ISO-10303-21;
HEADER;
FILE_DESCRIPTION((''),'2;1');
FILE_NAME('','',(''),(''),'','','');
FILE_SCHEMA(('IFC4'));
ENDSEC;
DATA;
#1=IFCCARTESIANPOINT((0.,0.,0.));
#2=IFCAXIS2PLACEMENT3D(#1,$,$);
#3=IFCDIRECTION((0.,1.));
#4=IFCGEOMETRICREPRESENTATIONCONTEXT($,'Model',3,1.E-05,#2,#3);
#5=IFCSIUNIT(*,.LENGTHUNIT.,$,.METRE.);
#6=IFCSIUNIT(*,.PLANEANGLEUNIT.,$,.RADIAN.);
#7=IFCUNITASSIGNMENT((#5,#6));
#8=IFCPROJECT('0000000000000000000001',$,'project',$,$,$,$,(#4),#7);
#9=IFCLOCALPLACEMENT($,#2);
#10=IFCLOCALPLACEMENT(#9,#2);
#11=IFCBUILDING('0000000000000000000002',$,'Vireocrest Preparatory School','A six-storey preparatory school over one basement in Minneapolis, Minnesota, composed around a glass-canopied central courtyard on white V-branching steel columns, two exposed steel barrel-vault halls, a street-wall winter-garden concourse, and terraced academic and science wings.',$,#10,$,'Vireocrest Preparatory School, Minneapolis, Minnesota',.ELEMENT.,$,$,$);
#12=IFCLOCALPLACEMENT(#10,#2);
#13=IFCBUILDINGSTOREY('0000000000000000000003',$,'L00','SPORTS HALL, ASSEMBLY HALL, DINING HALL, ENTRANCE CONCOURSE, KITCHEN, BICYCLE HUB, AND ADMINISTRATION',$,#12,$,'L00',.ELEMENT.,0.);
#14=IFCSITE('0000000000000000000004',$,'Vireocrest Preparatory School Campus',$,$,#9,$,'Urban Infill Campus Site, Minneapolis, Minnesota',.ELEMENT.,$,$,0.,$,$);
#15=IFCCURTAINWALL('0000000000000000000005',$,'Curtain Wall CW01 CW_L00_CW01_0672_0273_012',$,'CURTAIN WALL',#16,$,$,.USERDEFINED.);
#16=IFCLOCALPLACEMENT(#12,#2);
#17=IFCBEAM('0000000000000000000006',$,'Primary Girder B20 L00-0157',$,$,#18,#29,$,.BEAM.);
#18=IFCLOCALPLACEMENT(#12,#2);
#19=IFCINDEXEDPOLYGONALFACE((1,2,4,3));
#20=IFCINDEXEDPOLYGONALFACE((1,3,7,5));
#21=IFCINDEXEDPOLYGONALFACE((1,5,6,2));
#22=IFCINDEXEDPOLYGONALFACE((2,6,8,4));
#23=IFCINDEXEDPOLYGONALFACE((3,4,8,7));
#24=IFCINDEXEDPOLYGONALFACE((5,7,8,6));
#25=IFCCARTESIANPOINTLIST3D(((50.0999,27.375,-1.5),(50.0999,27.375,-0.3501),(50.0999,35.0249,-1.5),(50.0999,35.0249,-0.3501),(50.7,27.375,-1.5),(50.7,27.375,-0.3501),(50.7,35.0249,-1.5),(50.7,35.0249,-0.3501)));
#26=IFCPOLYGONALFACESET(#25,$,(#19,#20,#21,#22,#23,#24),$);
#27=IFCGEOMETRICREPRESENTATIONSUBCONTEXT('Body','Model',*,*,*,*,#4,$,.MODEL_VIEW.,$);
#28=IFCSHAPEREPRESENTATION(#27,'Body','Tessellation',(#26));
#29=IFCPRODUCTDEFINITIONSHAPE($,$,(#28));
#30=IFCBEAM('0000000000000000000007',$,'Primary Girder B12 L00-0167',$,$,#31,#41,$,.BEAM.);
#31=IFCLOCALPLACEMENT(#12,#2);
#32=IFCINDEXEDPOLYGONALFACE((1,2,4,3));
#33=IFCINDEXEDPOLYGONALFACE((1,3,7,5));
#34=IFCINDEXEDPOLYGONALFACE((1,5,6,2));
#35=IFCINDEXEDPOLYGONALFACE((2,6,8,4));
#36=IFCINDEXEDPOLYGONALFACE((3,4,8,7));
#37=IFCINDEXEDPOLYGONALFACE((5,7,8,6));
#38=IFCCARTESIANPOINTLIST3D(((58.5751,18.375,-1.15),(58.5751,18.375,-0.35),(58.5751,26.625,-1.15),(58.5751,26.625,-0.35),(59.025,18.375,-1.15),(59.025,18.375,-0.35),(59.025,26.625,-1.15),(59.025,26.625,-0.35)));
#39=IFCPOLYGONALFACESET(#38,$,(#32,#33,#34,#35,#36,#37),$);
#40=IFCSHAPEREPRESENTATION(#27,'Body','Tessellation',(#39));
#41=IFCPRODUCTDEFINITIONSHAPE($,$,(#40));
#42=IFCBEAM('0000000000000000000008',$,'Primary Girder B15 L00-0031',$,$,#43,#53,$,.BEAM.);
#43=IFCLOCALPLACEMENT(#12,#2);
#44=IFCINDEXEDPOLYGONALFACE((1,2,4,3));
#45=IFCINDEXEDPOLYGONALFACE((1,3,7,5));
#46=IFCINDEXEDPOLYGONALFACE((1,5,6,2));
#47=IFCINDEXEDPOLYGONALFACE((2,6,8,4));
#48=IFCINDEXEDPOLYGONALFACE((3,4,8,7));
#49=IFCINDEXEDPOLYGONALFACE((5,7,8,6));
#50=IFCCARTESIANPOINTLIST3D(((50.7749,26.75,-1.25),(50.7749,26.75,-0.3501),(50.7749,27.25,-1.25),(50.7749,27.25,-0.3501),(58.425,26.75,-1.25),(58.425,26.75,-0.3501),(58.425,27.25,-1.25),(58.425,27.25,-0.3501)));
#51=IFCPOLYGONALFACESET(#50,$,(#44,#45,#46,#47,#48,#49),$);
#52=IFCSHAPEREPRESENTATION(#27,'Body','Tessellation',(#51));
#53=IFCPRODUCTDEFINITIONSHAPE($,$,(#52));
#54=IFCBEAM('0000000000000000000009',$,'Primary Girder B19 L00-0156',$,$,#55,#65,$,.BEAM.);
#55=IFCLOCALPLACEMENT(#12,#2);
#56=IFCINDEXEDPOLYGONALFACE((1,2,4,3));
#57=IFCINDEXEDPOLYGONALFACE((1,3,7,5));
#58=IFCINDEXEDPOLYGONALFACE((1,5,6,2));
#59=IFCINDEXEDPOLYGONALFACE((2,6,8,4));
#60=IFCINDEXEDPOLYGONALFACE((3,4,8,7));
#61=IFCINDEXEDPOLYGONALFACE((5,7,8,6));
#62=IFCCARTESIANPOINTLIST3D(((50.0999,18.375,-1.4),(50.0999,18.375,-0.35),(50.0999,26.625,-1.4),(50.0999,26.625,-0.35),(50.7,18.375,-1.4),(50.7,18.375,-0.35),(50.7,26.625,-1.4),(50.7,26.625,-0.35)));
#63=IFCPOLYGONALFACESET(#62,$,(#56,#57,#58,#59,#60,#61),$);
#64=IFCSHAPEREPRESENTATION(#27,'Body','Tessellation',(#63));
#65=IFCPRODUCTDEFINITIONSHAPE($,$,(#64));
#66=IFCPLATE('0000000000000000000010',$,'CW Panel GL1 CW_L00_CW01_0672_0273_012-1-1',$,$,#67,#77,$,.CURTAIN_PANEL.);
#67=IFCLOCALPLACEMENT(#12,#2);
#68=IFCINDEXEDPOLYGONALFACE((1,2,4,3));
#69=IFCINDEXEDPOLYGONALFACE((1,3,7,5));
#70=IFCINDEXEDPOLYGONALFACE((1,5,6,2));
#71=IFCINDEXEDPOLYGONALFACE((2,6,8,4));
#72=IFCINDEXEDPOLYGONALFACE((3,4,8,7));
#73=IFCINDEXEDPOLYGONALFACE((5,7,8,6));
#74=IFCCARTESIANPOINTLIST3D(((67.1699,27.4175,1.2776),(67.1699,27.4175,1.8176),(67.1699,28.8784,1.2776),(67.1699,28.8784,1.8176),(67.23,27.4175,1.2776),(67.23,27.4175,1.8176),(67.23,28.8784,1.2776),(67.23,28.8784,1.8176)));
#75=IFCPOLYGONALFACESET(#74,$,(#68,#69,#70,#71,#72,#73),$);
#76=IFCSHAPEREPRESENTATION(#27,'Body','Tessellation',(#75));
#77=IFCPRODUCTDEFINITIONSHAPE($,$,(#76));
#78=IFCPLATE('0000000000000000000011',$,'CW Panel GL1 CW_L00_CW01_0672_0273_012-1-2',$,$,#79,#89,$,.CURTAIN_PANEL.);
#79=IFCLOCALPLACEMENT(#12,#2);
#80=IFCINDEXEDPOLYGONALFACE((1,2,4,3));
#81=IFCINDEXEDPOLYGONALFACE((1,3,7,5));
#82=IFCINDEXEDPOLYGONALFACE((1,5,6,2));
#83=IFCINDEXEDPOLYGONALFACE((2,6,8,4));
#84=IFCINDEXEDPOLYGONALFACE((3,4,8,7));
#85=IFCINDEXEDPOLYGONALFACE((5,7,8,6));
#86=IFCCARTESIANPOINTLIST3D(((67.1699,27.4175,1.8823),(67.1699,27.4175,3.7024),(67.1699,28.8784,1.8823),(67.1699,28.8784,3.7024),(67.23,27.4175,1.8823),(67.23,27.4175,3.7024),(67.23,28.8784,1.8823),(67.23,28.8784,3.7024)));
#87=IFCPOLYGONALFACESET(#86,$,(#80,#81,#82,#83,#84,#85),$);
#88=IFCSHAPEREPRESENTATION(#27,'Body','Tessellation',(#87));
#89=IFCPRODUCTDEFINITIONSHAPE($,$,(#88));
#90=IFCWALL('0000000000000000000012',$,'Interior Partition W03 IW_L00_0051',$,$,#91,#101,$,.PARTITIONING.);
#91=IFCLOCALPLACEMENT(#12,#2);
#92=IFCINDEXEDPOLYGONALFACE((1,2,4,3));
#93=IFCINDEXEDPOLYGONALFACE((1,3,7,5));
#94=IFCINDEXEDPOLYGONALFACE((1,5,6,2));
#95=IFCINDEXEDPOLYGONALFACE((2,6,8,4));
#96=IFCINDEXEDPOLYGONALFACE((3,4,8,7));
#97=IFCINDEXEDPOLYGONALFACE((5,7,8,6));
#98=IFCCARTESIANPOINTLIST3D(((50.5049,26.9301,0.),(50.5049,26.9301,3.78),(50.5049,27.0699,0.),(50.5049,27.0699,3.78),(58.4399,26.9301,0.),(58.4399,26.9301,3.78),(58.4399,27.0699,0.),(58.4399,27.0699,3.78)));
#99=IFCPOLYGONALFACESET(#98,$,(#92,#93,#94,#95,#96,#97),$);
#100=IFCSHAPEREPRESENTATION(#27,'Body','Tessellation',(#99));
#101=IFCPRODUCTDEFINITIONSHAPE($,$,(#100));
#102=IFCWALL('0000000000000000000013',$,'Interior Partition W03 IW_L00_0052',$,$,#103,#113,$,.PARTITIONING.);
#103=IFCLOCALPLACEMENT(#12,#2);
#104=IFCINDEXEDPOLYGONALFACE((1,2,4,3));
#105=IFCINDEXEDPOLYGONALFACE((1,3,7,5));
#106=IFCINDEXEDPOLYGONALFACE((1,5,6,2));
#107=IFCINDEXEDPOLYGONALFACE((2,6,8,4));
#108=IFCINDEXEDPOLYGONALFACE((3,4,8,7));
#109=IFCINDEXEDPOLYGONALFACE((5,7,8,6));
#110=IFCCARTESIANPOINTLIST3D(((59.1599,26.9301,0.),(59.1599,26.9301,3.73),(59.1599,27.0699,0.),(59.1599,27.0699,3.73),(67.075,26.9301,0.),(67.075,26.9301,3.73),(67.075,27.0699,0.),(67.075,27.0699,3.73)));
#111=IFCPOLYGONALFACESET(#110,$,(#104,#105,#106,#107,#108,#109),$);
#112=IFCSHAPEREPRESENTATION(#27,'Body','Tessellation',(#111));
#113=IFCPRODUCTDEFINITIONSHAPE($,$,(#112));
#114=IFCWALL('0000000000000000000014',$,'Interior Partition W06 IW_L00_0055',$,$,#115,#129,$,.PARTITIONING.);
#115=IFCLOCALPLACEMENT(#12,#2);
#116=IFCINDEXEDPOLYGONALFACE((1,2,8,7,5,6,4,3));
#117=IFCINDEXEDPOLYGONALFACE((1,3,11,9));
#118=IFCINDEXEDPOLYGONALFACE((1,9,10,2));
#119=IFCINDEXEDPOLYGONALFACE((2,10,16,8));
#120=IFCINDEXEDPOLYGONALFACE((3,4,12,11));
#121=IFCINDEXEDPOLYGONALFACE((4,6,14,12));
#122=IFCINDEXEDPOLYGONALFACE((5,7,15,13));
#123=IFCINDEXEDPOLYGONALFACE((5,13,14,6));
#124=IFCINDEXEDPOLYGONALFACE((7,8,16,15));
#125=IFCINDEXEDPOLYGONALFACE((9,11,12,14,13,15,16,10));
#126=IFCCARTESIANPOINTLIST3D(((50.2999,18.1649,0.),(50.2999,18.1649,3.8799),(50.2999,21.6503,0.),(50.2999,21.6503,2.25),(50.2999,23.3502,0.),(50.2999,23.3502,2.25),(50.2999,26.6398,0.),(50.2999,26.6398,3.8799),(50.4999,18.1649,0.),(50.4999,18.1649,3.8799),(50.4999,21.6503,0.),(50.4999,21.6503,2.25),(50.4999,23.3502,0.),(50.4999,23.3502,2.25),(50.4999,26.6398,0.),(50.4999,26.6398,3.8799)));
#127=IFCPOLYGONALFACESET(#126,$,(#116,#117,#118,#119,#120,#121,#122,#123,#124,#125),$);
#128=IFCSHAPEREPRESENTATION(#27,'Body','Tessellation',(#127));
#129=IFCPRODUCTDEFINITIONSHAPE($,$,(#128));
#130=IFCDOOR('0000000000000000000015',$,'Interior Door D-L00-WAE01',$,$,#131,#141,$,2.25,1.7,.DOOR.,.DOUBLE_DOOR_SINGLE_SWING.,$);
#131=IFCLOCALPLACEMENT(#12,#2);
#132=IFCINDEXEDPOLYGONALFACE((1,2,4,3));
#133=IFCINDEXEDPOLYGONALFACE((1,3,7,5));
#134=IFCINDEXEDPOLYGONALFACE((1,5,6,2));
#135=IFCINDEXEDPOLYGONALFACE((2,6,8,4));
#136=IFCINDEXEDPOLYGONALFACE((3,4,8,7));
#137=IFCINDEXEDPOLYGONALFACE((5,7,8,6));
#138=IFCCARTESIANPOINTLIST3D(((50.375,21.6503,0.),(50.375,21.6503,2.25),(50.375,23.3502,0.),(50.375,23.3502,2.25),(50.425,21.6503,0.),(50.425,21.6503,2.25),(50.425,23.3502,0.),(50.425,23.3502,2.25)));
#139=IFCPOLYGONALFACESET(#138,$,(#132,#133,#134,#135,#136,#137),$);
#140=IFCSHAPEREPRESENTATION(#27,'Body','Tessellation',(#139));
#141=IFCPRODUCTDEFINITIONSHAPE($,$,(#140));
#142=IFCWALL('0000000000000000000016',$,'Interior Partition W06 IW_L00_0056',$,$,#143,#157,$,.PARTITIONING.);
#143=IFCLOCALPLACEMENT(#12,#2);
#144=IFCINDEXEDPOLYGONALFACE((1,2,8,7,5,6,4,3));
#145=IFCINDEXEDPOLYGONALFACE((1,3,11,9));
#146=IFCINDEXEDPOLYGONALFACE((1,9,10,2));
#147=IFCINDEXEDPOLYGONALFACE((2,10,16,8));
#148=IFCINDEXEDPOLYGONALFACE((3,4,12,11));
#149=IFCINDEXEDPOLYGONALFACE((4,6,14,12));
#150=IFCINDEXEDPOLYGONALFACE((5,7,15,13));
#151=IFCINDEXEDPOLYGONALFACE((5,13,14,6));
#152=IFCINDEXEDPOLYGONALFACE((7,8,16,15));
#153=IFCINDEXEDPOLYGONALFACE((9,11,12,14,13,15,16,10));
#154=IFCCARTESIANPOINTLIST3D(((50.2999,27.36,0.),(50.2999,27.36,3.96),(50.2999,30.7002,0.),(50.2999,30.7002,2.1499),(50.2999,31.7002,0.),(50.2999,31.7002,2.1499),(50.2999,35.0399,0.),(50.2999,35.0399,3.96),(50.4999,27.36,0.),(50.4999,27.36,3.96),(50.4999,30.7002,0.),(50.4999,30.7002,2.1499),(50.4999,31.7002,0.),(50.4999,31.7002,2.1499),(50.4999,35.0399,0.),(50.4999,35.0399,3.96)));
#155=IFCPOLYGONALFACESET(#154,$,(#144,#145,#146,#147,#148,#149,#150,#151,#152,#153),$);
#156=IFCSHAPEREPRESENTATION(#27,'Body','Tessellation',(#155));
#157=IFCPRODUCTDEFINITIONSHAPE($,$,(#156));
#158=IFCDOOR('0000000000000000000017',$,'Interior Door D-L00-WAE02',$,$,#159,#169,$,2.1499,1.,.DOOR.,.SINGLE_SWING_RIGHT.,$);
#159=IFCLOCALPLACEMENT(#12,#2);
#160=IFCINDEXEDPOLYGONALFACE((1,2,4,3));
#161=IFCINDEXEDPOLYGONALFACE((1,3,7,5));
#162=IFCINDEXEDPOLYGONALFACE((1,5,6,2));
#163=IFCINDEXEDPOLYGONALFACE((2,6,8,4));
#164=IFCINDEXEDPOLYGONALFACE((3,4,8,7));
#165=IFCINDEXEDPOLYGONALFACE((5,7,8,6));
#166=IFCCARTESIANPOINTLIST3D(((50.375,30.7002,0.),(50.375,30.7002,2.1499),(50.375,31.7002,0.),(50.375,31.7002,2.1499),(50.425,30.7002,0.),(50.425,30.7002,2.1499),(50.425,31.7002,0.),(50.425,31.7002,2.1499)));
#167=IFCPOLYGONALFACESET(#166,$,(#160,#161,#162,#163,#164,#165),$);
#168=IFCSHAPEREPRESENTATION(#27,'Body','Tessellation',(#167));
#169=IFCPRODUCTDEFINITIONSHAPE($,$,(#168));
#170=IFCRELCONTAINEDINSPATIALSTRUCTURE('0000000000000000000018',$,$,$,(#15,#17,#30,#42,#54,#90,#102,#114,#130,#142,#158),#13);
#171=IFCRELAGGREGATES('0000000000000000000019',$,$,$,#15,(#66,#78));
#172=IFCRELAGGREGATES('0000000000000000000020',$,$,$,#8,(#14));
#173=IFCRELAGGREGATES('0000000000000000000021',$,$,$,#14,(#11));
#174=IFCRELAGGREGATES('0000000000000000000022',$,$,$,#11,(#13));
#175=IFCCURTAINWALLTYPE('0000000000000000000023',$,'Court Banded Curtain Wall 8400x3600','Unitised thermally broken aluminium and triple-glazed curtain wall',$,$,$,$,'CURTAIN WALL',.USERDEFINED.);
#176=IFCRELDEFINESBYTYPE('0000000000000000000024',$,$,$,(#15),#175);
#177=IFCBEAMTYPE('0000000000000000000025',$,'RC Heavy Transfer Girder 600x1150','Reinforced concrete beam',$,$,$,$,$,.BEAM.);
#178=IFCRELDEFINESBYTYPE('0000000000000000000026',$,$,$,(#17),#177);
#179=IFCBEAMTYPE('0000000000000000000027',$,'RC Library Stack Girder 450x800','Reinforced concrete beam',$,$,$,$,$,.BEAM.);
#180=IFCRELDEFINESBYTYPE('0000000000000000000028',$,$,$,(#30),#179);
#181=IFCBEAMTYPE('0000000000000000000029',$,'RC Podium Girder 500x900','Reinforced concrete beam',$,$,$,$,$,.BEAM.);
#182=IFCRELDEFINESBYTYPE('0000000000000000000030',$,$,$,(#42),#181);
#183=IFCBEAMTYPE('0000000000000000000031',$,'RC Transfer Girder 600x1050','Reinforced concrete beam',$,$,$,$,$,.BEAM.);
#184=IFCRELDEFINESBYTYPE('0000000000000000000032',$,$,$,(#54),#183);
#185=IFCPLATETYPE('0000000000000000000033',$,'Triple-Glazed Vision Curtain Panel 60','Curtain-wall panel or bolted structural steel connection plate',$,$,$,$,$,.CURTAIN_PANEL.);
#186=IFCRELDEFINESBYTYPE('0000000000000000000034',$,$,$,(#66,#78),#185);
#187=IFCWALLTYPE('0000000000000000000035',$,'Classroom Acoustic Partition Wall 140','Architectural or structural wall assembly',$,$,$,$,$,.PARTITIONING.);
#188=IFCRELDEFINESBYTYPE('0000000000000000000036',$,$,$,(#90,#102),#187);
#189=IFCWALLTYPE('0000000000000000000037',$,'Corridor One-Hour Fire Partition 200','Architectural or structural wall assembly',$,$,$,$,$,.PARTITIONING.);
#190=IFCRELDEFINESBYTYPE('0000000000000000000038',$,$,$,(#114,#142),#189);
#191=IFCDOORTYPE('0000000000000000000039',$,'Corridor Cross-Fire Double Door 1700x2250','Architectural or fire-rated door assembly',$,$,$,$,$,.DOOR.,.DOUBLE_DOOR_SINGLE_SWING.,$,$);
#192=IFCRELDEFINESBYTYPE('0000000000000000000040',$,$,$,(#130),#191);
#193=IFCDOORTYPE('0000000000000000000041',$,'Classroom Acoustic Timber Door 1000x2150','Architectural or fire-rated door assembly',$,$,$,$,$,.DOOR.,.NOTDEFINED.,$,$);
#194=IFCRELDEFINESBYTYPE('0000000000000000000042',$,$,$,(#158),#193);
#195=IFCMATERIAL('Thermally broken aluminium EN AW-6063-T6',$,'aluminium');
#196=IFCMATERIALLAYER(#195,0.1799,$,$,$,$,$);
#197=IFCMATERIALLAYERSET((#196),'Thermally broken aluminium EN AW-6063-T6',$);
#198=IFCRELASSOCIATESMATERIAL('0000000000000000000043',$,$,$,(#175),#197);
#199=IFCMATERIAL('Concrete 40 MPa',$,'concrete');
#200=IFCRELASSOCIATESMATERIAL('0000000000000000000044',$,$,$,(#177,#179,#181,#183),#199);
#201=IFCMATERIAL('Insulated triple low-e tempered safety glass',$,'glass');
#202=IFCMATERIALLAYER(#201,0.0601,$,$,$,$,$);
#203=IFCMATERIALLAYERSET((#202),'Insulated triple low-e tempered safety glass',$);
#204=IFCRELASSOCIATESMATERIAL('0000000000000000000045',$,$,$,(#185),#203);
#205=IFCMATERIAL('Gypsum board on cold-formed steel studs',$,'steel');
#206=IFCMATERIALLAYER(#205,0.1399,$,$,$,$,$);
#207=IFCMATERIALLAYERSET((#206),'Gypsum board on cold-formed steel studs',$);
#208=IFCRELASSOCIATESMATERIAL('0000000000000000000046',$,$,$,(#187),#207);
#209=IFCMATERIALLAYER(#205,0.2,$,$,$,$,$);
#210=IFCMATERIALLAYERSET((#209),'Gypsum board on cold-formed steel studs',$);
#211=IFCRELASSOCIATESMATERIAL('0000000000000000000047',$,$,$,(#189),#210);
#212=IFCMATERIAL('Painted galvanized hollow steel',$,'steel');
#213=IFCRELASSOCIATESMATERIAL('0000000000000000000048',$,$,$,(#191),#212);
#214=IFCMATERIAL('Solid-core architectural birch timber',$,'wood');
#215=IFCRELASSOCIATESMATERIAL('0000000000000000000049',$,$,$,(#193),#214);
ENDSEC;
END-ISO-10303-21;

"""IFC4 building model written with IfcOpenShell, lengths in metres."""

from ifc_helpers import new_model, si_unit, direction, frame, frame_2d, origin, origin_2d, place, context, subcontext, project, spatial, rectangle, extrude, material, layer, layer_set, material_profile, profile_set, type_object, element, fill, aggregate, save


model = new_model("IFC4")

# Units and contexts
model_context = context("Model", 3, precision=1e-05, world=origin(), true_north=direction((0.0, 1.0)))
body_context = subcontext(model_context, "Body", "Model", "MODEL_VIEW")
ifc_project = project(units=[si_unit("LENGTHUNIT", "METRE"), si_unit("PLANEANGLEUNIT", "RADIAN")], contexts=[model_context])

# Site, building, storey
site_placement = place(None, origin())
site = spatial("IfcSite", under=ifc_project, at=site_placement, Name="Vireocrest Preparatory School Campus", LongName="Urban Infill Campus Site, Minneapolis, Minnesota", CompositionType="ELEMENT", RefElevation=0.0)
building_placement = place(site_placement, origin())
building = spatial("IfcBuilding", under=site, at=building_placement, Name="Vireocrest Preparatory School", Description="A six-storey preparatory school over one basement in Minneapolis, Minnesota, composed around a glass-canopied central courtyard on white V-branching steel columns, two exposed steel barrel-vault halls, a street-wall winter-garden concourse, and terraced academic and science wings.", LongName="Vireocrest Preparatory School, Minneapolis, Minnesota", CompositionType="ELEMENT")
storey_placement = place(building_placement, origin())
storey = spatial("IfcBuildingStorey", under=building, at=storey_placement, Name="L00", Description="SPORTS HALL, ASSEMBLY HALL, DINING HALL, ENTRANCE CONCOURSE, KITCHEN, BICYCLE HUB, AND ADMINISTRATION", LongName="L00", CompositionType="ELEMENT", Elevation=0.0)

# Curtain wall
ifc_material_1 = material(Name="Thermally broken aluminium EN AW-6063-T6", Category="aluminium")
ifc_layer_1 = layer(ifc_material_1, 0.1799)
ifc_layer_set_1 = layer_set([ifc_layer_1], Name="Thermally broken aluminium EN AW-6063-T6")
curtain_wall_type = type_object("IfcCurtainWallType", Name="Court Banded Curtain Wall 8400x3600", Description="Unitised thermally broken aluminium and triple-glazed curtain wall", ElementType="CURTAIN WALL", PredefinedType="USERDEFINED", material=ifc_layer_set_1)
curtain_wall_placement = place(storey_placement, origin())
curtain_wall = element("IfcCurtainWall", 1, at=curtain_wall_placement, inside=storey, type_object=curtain_wall_type, Name="Curtain Wall CW01 CW_L00_CW01_0672_0273_012", ObjectType="CURTAIN WALL", PredefinedType="USERDEFINED")

# Beams
ifc_material_2 = material(Name="Concrete 40 MPa", Category="concrete")
ifc_material_profile_1 = material_profile(ifc_material_2, rectangle(XDim=0.6001, YDim=1.1499, at=origin_2d()), Name="RC 600x1150")
ifc_profile_set_1 = profile_set([ifc_material_profile_1], Name="Concrete 40 MPa")
beam_type_1 = type_object("IfcBeamType", Name="RC Heavy Transfer Girder 600x1150", Description="Reinforced concrete beam", PredefinedType="BEAM", material=ifc_profile_set_1)
beam_1_placement = place(storey_placement, frame((50.3999, 27.375, -0.925), z_axis=(0.0, 1.0, 0.0), x_axis=(-1.0, 0.0, 0.0)))
element("IfcBeam", 2, at=beam_1_placement, inside=storey, type_object=beam_type_1, Name="Primary Girder B20 L00-0157", PredefinedType="BEAM", context=body_context, shape_type="SweptSolid", body=[
    extrude(rectangle(XDim=0.6001, YDim=1.1499, at=origin_2d()), origin(), (0.0, 0.0, 1.0), 7.6499),
])
ifc_material_profile_2 = material_profile(ifc_material_2, rectangle(XDim=0.45, YDim=0.8, at=origin_2d()), Name="RC 450x800")
ifc_profile_set_2 = profile_set([ifc_material_profile_2], Name="Concrete 40 MPa")
beam_type_2 = type_object("IfcBeamType", Name="RC Library Stack Girder 450x800", Description="Reinforced concrete beam", PredefinedType="BEAM", material=ifc_profile_set_2)
beam_2_placement = place(storey_placement, frame((58.8, 18.375, -0.75), z_axis=(0.0, 1.0, 0.0), x_axis=(-1.0, 0.0, 0.0)))
element("IfcBeam", 3, at=beam_2_placement, inside=storey, type_object=beam_type_2, Name="Primary Girder B12 L00-0167", PredefinedType="BEAM", context=body_context, shape_type="SweptSolid", body=[
    extrude(rectangle(XDim=0.45, YDim=0.8, at=origin_2d()), origin(), (0.0, 0.0, 1.0), 8.25),
])
ifc_material_profile_3 = material_profile(ifc_material_2, rectangle(XDim=0.5, YDim=0.8999, at=origin_2d()), Name="RC 500x900")
ifc_profile_set_3 = profile_set([ifc_material_profile_3], Name="Concrete 40 MPa")
beam_type_3 = type_object("IfcBeamType", Name="RC Podium Girder 500x900", Description="Reinforced concrete beam", PredefinedType="BEAM", material=ifc_profile_set_3)
beam_3_placement = place(storey_placement, frame((50.7749, 27.0, -0.8), z_axis=(1.0, 0.0, 0.0), x_axis=(0.0, 1.0, 0.0)))
element("IfcBeam", 4, at=beam_3_placement, inside=storey, type_object=beam_type_3, Name="Primary Girder B15 L00-0031", PredefinedType="BEAM", context=body_context, shape_type="SweptSolid", body=[
    extrude(rectangle(XDim=0.5, YDim=0.8999, at=origin_2d()), origin(), (0.0, 0.0, 1.0), 7.6501),
])
ifc_material_profile_4 = material_profile(ifc_material_2, rectangle(XDim=0.6001, YDim=1.05, at=origin_2d()), Name="RC 600x1050")
ifc_profile_set_4 = profile_set([ifc_material_profile_4], Name="Concrete 40 MPa")
beam_type_4 = type_object("IfcBeamType", Name="RC Transfer Girder 600x1050", Description="Reinforced concrete beam", PredefinedType="BEAM", material=ifc_profile_set_4)
beam_4_placement = place(storey_placement, frame((50.3999, 18.375, -0.875), z_axis=(0.0, 1.0, 0.0), x_axis=(-1.0, 0.0, 0.0)))
element("IfcBeam", 5, at=beam_4_placement, inside=storey, type_object=beam_type_4, Name="Primary Girder B19 L00-0156", PredefinedType="BEAM", context=body_context, shape_type="SweptSolid", body=[
    extrude(rectangle(XDim=0.6001, YDim=1.05, at=origin_2d()), origin(), (0.0, 0.0, 1.0), 8.25),
])

# Plates
ifc_material_3 = material(Name="Insulated triple low-e tempered safety glass", Category="glass")
ifc_layer_2 = layer(ifc_material_3, 0.0601)
ifc_layer_set_2 = layer_set([ifc_layer_2], Name="Insulated triple low-e tempered safety glass")
plate_type = type_object("IfcPlateType", Name="Triple-Glazed Vision Curtain Panel 60", Description="Curtain-wall panel or bolted structural steel connection plate", PredefinedType="CURTAIN_PANEL", material=ifc_layer_set_2)
plate_1_placement = place(storey_placement, frame((67.2, 28.1479, 1.2776), z_axis=(0.0, 0.0, 1.0), x_axis=(0.0, 1.0, 0.0)))
plate_1 = element("IfcPlate", 6, at=plate_1_placement, type_object=plate_type, Name="CW Panel GL1 CW_L00_CW01_0672_0273_012-1-1", PredefinedType="CURTAIN_PANEL", context=body_context, shape_type="SweptSolid", body=[
    extrude(rectangle(XDim=1.4609, YDim=0.0601, at=origin_2d()), origin(), (0.0, 0.0, 1.0), 0.54),
])
plate_2_placement = place(storey_placement, frame((67.2, 28.1479, 1.8823), z_axis=(0.0, 0.0, 1.0), x_axis=(0.0, 1.0, 0.0)))
plate_2 = element("IfcPlate", 7, at=plate_2_placement, type_object=plate_type, Name="CW Panel GL1 CW_L00_CW01_0672_0273_012-1-2", PredefinedType="CURTAIN_PANEL", context=body_context, shape_type="SweptSolid", body=[
    extrude(rectangle(XDim=1.4609, YDim=0.0601, at=origin_2d()), origin(), (0.0, 0.0, 1.0), 1.8201),
])
aggregate(curtain_wall, [plate_1, plate_2])

# Walls
ifc_material_4 = material(Name="Gypsum board on cold-formed steel studs", Category="steel")
ifc_layer_3 = layer(ifc_material_4, 0.1399)
ifc_layer_set_3 = layer_set([ifc_layer_3], Name="Gypsum board on cold-formed steel studs")
wall_type_1 = type_object("IfcWallType", Name="Classroom Acoustic Partition Wall 140", Description="Architectural or structural wall assembly", PredefinedType="PARTITIONING", material=ifc_layer_set_3)
wall_1_placement = place(storey_placement, frame((50.5049, 27.0, 0.0), z_axis=(0.0, 0.0, 1.0), x_axis=(1.0, 0.0, 0.0)))
element("IfcWall", 8, at=wall_1_placement, inside=storey, type_object=wall_type_1, Name="Interior Partition W03 IW_L00_0051", PredefinedType="PARTITIONING", context=body_context, shape_type="SweptSolid", body=[
    extrude(rectangle(XDim=7.9351, YDim=0.1399, at=frame_2d((3.9675, 0.0))), origin(), (0.0, 0.0, 1.0), 3.78),
])
wall_2_placement = place(storey_placement, frame((59.1599, 27.0, 0.0), z_axis=(0.0, 0.0, 1.0), x_axis=(1.0, 0.0, 0.0)))
element("IfcWall", 9, at=wall_2_placement, inside=storey, type_object=wall_type_1, Name="Interior Partition W03 IW_L00_0052", PredefinedType="PARTITIONING", context=body_context, shape_type="SweptSolid", body=[
    extrude(rectangle(XDim=7.915, YDim=0.1399, at=frame_2d((3.9575, 0.0))), origin(), (0.0, 0.0, 1.0), 3.73),
])

# Walls, openings, doors
ifc_layer_4 = layer(ifc_material_4, 0.2)
ifc_layer_set_4 = layer_set([ifc_layer_4], Name="Gypsum board on cold-formed steel studs")
wall_type_2 = type_object("IfcWallType", Name="Corridor One-Hour Fire Partition 200", Description="Architectural or structural wall assembly", PredefinedType="PARTITIONING", material=ifc_layer_set_4)
wall_3_placement = place(storey_placement, frame((50.3999, 18.165, 0.0), z_axis=(0.0, 0.0, 1.0), x_axis=(0.0, 1.0, 0.0)))
wall_3 = element("IfcWall", 10, at=wall_3_placement, inside=storey, type_object=wall_type_2, Name="Interior Partition W06 IW_L00_0055", PredefinedType="PARTITIONING", context=body_context, shape_type="SweptSolid", body=[
    extrude(rectangle(XDim=8.4749, YDim=0.2, at=frame_2d((4.2373, 0.0))), origin(), (0.0, 0.0, 1.0), 3.8799),
])
opening_1_placement = place(wall_3_placement, frame((3.4851, 0.0, 0.0)))
opening_1 = element("IfcOpeningElement", 11, at=opening_1_placement, cuts=wall_3, PredefinedType="OPENING", context=body_context, shape_type="SweptSolid", body=[
    extrude(rectangle(XDim=1.7, YDim=2.25, at=frame_2d((0.8501, 1.125))), frame((0.0, 0.1099, 0.0), z_axis=(0.0, -1.0, 0.0), x_axis=(1.0, 0.0, 0.0)), (0.0, 0.0, 1.0), 0.22),
])
ifc_material_5 = material(Name="Painted galvanized hollow steel", Category="steel")
door_type_1 = type_object("IfcDoorType", Name="Corridor Cross-Fire Double Door 1700x2250", Description="Architectural or fire-rated door assembly", OperationType="DOUBLE_DOOR_SINGLE_SWING", PredefinedType="DOOR", material=ifc_material_5)
door_1_placement = place(opening_1_placement, origin())
door_1 = element("IfcDoor", 12, at=door_1_placement, inside=storey, type_object=door_type_1, Name="Interior Door D-L00-WAE01", OperationType="DOUBLE_DOOR_SINGLE_SWING", OverallHeight=2.25, OverallWidth=1.7, PredefinedType="DOOR", context=body_context, shape_type="SweptSolid", body=[
    extrude(rectangle(XDim=1.7, YDim=2.25, at=frame_2d((0.8501, 1.125))), frame((0.0, 0.0249, 0.0), z_axis=(0.0, -1.0, 0.0), x_axis=(1.0, 0.0, 0.0)), (0.0, 0.0, 1.0), 0.05),
])
fill(opening_1, door_1)
wall_4_placement = place(storey_placement, frame((50.3999, 27.3601, 0.0), z_axis=(0.0, 0.0, 1.0), x_axis=(0.0, 1.0, 0.0)))
wall_4 = element("IfcWall", 13, at=wall_4_placement, inside=storey, type_object=wall_type_2, Name="Interior Partition W06 IW_L00_0056", PredefinedType="PARTITIONING", context=body_context, shape_type="SweptSolid", body=[
    extrude(rectangle(XDim=7.6799, YDim=0.2, at=frame_2d((3.8398, 0.0))), origin(), (0.0, 0.0, 1.0), 3.96),
])
opening_2_placement = place(wall_4_placement, frame((3.3401, 0.0, 0.0)))
opening_2 = element("IfcOpeningElement", 14, at=opening_2_placement, cuts=wall_4, PredefinedType="OPENING", context=body_context, shape_type="SweptSolid", body=[
    extrude(rectangle(XDim=1.0, YDim=2.1499, at=frame_2d((0.5, 1.075))), frame((0.0, 0.1099, 0.0), z_axis=(0.0, -1.0, 0.0), x_axis=(1.0, 0.0, 0.0)), (0.0, 0.0, 1.0), 0.22),
])
ifc_material_6 = material(Name="Solid-core architectural birch timber", Category="wood")
door_type_2 = type_object("IfcDoorType", Name="Classroom Acoustic Timber Door 1000x2150", Description="Architectural or fire-rated door assembly", OperationType="NOTDEFINED", PredefinedType="DOOR", material=ifc_material_6)
door_2_placement = place(opening_2_placement, origin())
door_2 = element("IfcDoor", 15, at=door_2_placement, inside=storey, type_object=door_type_2, Name="Interior Door D-L00-WAE02", OperationType="SINGLE_SWING_RIGHT", OverallHeight=2.1499, OverallWidth=1.0, PredefinedType="DOOR", context=body_context, shape_type="SweptSolid", body=[
    extrude(rectangle(XDim=1.0, YDim=2.1499, at=frame_2d((0.5, 1.075))), frame((0.0, 0.0249, 0.0), z_axis=(0.0, -1.0, 0.0), x_axis=(1.0, 0.0, 0.0)), (0.0, 0.0, 1.0), 0.05),
])
fill(opening_2, door_2)

save(model, "model.ifc")
